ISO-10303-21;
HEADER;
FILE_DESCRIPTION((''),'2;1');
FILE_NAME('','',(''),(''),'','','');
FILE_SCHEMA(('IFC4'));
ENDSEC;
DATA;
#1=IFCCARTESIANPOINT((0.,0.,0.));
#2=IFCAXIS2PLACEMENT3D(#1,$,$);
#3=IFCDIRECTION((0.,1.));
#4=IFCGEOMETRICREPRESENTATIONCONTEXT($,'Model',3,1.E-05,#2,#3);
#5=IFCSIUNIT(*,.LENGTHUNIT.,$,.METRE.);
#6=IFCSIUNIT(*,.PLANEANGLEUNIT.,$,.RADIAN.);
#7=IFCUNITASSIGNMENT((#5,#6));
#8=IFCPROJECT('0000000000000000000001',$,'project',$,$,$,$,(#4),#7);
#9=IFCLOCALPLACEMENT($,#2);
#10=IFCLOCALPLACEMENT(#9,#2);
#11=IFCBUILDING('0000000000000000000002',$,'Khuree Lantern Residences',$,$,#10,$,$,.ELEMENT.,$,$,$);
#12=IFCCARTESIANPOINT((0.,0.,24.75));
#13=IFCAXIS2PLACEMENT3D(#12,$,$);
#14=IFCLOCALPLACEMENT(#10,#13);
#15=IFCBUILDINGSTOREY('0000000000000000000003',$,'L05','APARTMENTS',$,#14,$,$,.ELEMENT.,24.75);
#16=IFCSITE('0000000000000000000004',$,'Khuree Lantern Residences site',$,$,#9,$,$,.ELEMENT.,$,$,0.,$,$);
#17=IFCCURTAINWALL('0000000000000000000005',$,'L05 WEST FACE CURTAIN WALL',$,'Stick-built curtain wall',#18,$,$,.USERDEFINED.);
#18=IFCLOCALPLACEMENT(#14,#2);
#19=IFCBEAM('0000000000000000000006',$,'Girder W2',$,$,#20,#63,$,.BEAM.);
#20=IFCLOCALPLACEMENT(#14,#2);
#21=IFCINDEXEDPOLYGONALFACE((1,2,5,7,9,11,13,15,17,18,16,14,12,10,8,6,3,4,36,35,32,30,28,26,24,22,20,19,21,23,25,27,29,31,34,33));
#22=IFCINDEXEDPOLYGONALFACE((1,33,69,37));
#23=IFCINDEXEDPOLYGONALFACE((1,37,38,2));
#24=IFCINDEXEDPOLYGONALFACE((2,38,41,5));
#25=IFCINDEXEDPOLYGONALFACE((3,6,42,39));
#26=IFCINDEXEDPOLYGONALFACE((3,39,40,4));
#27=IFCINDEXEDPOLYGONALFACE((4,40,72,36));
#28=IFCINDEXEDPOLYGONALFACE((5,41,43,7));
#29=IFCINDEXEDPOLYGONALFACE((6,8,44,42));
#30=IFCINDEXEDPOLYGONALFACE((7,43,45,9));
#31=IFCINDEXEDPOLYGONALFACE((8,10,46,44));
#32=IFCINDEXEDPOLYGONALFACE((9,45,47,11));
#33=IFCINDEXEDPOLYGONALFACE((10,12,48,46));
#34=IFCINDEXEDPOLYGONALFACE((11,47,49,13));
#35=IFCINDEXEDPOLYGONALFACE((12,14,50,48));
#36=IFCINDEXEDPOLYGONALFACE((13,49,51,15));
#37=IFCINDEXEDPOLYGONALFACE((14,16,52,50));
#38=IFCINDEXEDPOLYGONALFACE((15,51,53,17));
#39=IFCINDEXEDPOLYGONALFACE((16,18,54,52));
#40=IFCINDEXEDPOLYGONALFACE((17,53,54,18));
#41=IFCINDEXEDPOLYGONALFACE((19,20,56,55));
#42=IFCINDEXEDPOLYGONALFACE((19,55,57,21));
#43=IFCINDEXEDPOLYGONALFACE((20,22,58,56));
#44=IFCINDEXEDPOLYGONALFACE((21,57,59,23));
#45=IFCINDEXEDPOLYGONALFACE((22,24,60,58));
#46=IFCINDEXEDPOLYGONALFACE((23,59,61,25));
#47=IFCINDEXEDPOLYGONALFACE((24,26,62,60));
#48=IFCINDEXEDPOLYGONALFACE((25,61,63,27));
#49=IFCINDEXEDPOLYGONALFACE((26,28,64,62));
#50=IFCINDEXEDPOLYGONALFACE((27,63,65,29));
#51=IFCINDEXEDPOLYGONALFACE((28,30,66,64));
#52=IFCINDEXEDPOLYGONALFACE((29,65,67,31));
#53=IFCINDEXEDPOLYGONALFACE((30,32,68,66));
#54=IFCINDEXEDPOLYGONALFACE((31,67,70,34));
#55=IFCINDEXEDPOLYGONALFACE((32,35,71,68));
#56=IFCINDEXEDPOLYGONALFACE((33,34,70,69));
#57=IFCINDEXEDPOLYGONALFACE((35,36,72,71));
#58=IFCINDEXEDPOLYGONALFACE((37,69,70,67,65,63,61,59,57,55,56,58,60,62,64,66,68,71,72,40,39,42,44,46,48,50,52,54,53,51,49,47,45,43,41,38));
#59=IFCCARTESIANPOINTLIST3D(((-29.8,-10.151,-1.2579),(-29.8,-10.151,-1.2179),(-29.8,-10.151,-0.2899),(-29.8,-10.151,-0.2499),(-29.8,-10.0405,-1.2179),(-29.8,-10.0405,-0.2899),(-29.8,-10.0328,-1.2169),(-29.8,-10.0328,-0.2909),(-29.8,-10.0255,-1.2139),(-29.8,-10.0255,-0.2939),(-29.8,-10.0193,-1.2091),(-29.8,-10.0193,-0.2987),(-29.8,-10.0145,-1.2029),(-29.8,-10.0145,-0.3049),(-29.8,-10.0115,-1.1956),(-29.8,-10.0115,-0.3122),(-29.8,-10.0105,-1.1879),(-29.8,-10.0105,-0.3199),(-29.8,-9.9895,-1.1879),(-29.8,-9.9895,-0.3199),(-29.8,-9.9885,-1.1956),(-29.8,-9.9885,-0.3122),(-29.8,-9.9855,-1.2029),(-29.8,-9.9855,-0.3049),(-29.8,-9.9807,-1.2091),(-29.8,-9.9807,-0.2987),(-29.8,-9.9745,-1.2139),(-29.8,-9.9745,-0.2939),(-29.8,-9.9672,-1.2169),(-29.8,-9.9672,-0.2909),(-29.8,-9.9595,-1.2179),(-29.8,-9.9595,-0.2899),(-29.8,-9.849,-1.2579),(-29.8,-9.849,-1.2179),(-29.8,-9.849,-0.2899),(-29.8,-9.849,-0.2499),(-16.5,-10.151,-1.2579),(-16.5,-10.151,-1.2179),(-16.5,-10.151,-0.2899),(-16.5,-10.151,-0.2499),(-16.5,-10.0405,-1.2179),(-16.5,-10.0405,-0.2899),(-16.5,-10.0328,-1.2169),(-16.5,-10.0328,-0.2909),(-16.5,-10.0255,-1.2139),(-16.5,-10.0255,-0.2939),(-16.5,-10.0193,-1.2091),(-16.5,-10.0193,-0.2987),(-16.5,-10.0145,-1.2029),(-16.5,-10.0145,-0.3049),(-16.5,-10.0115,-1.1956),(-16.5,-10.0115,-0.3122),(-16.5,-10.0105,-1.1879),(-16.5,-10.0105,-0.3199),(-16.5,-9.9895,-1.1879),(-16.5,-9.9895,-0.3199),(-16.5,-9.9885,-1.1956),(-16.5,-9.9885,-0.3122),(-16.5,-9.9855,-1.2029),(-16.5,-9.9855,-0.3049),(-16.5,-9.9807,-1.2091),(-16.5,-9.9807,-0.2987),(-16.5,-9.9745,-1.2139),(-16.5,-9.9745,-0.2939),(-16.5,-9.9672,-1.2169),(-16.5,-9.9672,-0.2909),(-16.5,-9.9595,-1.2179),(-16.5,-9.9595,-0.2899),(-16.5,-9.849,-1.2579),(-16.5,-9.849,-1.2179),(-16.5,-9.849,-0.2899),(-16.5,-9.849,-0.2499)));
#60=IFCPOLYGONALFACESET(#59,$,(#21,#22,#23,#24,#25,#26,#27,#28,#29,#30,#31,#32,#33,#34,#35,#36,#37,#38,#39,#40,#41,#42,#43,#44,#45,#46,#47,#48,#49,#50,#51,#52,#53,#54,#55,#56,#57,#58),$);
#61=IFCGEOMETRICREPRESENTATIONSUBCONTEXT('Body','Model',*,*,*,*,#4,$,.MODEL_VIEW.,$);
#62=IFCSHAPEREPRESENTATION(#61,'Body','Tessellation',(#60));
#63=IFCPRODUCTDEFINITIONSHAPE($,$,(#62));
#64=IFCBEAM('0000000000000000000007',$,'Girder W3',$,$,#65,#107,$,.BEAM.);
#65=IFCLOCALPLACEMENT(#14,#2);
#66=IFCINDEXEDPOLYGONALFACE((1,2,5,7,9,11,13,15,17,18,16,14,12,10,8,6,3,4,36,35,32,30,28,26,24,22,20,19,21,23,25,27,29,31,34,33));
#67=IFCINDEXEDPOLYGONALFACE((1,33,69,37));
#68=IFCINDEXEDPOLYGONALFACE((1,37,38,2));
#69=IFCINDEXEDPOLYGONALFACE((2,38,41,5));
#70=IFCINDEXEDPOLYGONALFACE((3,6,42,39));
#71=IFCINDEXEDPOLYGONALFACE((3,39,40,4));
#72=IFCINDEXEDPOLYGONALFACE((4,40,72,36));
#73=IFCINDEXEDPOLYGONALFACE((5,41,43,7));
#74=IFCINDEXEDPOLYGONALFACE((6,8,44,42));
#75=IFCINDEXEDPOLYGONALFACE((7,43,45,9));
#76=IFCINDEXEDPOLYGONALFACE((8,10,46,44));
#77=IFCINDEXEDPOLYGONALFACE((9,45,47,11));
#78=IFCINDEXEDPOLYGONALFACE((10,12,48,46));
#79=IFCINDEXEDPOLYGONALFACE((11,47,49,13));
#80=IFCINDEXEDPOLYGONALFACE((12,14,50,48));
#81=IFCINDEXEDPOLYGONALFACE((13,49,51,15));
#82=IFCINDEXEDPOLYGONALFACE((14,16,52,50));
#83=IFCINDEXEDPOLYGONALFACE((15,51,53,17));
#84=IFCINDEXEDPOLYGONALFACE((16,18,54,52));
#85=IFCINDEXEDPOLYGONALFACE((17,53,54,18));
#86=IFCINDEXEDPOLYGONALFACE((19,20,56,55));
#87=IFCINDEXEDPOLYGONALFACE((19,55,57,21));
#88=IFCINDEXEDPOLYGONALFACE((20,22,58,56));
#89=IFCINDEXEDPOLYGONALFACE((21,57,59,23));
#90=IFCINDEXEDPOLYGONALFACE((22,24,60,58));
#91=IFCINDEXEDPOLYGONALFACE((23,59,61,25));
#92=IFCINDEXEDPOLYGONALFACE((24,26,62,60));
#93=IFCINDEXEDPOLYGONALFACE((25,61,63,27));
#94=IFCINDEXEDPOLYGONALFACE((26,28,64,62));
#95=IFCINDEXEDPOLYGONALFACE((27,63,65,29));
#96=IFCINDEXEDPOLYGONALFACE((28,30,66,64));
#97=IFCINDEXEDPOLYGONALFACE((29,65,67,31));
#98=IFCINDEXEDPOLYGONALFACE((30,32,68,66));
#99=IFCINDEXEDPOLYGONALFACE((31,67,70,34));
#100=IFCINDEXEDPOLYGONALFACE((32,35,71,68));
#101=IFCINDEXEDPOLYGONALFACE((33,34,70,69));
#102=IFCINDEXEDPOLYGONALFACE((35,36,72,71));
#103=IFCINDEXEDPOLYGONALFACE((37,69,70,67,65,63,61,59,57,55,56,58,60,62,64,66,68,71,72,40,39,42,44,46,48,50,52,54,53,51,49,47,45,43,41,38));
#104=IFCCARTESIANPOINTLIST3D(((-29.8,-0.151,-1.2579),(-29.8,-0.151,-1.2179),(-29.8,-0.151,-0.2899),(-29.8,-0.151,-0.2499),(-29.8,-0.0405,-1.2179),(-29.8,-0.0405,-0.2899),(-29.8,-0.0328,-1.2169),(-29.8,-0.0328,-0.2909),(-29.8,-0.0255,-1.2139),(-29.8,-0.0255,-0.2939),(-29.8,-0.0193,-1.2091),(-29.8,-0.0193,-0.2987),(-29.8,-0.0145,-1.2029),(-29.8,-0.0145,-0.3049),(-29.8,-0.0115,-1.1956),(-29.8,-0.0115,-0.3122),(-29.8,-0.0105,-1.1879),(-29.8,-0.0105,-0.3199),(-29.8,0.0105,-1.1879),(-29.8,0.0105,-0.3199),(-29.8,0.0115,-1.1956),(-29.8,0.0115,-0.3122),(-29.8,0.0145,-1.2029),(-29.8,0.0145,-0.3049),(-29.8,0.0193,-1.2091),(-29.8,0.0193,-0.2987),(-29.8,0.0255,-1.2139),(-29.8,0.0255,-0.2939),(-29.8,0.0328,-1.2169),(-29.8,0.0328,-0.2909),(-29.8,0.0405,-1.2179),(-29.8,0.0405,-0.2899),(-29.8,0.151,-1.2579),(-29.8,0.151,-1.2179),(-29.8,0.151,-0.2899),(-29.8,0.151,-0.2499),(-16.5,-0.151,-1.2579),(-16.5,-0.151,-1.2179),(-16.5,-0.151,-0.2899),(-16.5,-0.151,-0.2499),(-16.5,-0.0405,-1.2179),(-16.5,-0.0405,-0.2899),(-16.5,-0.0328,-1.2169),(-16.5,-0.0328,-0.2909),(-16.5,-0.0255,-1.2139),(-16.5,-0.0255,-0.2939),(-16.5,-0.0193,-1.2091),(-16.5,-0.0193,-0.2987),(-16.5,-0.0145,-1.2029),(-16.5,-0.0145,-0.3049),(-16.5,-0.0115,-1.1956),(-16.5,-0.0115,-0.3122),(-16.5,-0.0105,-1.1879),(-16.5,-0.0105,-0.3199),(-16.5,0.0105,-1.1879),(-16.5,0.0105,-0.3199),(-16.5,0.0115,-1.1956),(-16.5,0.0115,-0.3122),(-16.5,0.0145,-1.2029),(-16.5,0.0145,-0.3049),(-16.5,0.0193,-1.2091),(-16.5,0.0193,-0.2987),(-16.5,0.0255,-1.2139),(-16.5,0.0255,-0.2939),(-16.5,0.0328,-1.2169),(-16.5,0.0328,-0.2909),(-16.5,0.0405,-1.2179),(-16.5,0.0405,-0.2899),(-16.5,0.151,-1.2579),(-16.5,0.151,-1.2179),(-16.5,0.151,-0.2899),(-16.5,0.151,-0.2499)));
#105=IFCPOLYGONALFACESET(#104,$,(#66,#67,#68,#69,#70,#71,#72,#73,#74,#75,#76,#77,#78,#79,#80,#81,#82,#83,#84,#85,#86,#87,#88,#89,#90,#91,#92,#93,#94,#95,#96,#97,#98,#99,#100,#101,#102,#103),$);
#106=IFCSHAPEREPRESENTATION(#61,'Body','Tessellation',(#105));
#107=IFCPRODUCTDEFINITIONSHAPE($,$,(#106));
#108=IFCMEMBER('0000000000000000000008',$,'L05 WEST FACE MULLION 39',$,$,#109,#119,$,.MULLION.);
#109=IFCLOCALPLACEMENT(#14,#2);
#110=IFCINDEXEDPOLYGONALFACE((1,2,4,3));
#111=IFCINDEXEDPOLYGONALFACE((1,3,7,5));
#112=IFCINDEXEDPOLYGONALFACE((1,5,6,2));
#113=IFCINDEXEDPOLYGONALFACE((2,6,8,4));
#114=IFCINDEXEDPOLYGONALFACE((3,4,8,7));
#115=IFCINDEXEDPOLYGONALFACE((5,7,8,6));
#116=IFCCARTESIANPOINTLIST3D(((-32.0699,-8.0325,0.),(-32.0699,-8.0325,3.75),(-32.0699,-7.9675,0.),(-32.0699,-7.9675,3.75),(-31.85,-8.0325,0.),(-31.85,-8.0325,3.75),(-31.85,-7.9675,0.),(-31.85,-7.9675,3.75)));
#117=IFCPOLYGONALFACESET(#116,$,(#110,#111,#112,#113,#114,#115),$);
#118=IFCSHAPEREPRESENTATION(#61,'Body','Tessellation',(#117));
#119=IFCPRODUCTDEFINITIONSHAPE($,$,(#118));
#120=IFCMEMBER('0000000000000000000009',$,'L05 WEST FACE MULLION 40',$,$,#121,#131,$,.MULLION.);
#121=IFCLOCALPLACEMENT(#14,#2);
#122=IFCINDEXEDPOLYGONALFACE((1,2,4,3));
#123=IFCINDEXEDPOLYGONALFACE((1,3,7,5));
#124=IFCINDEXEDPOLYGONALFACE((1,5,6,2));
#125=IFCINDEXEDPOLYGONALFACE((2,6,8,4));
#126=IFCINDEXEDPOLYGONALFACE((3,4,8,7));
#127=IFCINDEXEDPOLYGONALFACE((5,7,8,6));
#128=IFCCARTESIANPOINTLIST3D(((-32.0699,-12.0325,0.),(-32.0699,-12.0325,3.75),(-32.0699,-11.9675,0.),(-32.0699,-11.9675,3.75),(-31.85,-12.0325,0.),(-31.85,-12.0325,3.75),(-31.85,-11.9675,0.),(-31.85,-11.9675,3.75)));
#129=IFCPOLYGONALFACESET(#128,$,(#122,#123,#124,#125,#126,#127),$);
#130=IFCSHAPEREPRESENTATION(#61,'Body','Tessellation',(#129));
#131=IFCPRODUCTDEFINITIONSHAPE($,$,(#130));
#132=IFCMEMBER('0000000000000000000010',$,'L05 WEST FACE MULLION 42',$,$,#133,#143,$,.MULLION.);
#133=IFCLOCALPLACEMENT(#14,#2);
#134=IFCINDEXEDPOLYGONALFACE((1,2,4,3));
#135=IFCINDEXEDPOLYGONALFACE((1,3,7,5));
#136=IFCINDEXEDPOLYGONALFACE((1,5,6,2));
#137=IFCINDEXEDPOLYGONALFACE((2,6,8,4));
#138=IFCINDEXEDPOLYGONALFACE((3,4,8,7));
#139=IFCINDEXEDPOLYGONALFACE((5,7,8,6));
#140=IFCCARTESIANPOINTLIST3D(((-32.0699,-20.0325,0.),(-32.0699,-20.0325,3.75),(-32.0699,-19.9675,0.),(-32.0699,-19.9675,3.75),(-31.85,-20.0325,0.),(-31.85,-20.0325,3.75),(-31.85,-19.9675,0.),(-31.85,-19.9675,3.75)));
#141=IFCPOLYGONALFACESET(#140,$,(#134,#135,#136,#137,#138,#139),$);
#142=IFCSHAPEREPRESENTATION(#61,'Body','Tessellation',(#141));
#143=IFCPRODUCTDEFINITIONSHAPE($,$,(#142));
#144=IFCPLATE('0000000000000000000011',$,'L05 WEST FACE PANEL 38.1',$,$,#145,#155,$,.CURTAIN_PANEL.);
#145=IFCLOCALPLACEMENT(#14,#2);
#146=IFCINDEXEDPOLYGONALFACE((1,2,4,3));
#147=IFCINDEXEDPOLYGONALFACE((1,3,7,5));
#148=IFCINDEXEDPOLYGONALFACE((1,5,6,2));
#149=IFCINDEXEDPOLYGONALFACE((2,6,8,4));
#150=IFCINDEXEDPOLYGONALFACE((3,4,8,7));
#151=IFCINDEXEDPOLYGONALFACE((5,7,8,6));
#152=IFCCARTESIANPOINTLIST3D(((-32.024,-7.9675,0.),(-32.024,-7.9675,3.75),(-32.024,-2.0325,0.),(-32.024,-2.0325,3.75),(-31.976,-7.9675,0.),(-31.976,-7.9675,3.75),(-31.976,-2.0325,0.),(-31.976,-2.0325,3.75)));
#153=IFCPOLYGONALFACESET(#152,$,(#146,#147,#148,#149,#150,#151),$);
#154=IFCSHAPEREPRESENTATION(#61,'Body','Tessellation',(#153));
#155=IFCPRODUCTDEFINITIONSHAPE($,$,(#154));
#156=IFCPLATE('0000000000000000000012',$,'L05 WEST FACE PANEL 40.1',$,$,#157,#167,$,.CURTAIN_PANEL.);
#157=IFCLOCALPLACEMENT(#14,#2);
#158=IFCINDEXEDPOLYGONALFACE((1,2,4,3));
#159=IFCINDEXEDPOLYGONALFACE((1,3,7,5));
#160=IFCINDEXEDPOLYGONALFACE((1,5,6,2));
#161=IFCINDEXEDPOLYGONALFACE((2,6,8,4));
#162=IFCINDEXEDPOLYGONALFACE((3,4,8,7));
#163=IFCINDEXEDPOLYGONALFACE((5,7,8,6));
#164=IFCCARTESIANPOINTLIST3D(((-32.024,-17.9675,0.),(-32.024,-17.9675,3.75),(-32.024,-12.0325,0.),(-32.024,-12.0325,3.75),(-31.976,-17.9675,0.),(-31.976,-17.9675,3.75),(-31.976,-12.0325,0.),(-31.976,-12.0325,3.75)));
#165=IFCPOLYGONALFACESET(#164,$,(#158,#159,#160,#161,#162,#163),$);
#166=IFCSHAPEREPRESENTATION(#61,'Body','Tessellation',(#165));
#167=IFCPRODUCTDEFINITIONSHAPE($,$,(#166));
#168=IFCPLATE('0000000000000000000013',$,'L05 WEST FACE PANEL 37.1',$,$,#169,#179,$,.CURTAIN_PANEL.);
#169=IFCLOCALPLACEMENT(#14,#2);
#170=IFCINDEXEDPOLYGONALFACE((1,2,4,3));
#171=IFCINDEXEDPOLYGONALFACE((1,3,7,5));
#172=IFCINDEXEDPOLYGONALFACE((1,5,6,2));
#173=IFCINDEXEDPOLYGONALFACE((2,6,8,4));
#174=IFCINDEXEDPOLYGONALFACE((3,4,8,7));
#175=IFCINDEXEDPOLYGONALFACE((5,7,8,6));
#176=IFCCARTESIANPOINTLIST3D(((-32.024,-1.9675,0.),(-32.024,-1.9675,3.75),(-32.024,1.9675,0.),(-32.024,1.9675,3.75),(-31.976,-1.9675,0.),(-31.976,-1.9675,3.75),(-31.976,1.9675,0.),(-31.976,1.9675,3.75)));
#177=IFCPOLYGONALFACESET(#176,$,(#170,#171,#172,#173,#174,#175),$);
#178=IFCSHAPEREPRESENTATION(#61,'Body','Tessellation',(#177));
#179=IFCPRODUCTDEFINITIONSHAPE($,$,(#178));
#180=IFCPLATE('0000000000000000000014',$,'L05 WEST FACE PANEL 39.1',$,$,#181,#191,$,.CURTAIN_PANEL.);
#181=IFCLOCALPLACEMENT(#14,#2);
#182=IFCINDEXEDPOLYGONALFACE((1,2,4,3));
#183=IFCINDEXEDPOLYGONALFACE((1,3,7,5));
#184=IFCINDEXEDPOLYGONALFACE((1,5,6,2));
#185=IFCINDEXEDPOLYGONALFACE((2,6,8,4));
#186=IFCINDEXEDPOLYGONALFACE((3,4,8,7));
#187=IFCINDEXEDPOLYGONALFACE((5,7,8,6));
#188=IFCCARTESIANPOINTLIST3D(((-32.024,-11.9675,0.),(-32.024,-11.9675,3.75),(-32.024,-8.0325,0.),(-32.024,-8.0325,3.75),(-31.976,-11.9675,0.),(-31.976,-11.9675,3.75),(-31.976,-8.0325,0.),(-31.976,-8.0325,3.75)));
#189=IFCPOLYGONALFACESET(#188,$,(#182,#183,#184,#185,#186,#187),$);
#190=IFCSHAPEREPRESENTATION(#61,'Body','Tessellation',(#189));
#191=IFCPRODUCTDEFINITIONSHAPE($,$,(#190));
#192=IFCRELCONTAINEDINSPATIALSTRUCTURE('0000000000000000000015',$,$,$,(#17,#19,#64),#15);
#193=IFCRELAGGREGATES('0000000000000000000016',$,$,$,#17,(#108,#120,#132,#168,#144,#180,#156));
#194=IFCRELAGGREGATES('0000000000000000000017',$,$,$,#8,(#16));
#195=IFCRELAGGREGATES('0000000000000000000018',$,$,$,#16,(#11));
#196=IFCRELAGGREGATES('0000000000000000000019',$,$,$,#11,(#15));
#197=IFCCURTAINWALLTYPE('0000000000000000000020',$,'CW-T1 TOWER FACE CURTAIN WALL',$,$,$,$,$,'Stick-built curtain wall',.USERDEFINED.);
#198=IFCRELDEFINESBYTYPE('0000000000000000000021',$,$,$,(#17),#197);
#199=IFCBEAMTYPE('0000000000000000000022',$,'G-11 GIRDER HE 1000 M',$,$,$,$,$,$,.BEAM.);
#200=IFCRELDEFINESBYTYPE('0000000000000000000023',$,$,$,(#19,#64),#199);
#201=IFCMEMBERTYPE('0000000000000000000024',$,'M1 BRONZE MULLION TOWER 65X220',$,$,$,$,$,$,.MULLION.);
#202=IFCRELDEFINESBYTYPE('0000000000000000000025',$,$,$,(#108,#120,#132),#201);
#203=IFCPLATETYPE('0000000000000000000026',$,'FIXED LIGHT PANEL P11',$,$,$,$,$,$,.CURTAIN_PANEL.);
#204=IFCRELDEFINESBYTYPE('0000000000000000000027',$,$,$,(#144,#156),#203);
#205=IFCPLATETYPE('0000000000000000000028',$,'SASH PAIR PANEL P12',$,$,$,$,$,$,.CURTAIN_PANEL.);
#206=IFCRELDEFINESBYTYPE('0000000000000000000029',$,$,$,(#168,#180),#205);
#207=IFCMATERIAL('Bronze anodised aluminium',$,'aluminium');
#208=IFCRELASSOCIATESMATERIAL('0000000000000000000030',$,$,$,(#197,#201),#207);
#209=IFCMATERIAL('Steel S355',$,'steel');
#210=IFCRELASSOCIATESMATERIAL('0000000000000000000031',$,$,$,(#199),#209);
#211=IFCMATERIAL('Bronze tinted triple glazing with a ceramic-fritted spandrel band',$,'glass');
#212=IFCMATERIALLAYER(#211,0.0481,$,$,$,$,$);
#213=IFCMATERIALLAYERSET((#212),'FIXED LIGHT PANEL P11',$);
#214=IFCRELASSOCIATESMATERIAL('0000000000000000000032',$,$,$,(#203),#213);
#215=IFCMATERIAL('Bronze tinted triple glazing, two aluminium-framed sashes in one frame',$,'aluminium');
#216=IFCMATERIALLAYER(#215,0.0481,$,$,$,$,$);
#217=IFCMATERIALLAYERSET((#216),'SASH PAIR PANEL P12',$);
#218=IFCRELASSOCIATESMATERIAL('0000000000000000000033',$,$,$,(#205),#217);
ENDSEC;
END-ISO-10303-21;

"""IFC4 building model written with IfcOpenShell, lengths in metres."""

from ifc_helpers import new_model, si_unit, direction, frame, origin, origin_2d, place, context, subcontext, project, spatial, rectangle, i_section, extrude, material, layer, layer_set, material_profile, profile_set, type_object, element, aggregate, save


model = new_model("IFC4")

# Units and contexts
model_context = context("Model", 3, precision=1e-05, world=origin(), true_north=direction((0.0, 1.0)))
body_context = subcontext(model_context, "Body", "Model", "MODEL_VIEW")
ifc_project = project(units=[si_unit("LENGTHUNIT", "METRE"), si_unit("PLANEANGLEUNIT", "RADIAN")], contexts=[model_context])

# Site, building, storey
site_placement = place(None, origin())
site = spatial("IfcSite", under=ifc_project, at=site_placement, Name="Khuree Lantern Residences site", CompositionType="ELEMENT", RefElevation=0.0)
building_placement = place(site_placement, origin())
building = spatial("IfcBuilding", under=site, at=building_placement, Name="Khuree Lantern Residences", CompositionType="ELEMENT")
storey_placement = place(building_placement, frame((0.0, 0.0, 24.75)))
storey = spatial("IfcBuildingStorey", under=building, at=storey_placement, Name="L05", Description="APARTMENTS", CompositionType="ELEMENT", Elevation=24.75)

# Shared definitions
ifc_material_1 = material(Name="Steel S355", Category="steel")

# Curtain wall
ifc_material_2 = material(Name="Bronze anodised aluminium", Category="aluminium")
curtain_wall_type = type_object("IfcCurtainWallType", Name="CW-T1 TOWER FACE CURTAIN WALL", ElementType="Stick-built curtain wall", PredefinedType="USERDEFINED", material=ifc_material_2)
curtain_wall_placement = place(storey_placement, origin())
curtain_wall = element("IfcCurtainWall", 1, at=curtain_wall_placement, inside=storey, type_object=curtain_wall_type, Name="L05 WEST FACE CURTAIN WALL", ObjectType="Stick-built curtain wall", PredefinedType="USERDEFINED")

# Beams
ifc_material_profile_1 = material_profile(ifc_material_1, i_section(OverallWidth=0.302, OverallDepth=1.0081, WebThickness=0.021, FlangeThickness=0.04, FilletRadius=0.03, at=origin_2d()), Name="HE 1000 M")
ifc_profile_set_1 = profile_set([ifc_material_profile_1], Name="Steel S355")
beam_type_1 = type_object("IfcBeamType", Name="G-11 GIRDER HE 1000 M", PredefinedType="BEAM", material=ifc_profile_set_1)
for number, where, z_axis, x_axis, name in (
    (2, (-29.8, -10.0, -0.7539), (1.0, 0.0, 0.0), (0.0, 1.0, 0.0), "Girder W2"),
    (3, (-29.8, 0.0, -0.7539), (1.0, 0.0, 0.0), (0.0, 1.0, 0.0), "Girder W3"),
):
    element("IfcBeam", number, at=place(storey_placement, frame(where, z_axis=z_axis, x_axis=x_axis)), inside=storey, type_object=beam_type_1, Name=name, PredefinedType="BEAM", context=body_context, shape_type="SweptSolid", body=[
        extrude(i_section(OverallWidth=0.302, OverallDepth=1.0081, WebThickness=0.021, FlangeThickness=0.04, FilletRadius=0.03, at=origin_2d()), origin(), (0.0, 0.0, 1.0), 13.3),
    ])

# Members
ifc_material_profile_2 = material_profile(ifc_material_2, rectangle(XDim=0.0649, YDim=0.22, at=origin_2d()), Name="M1 65X220")
ifc_profile_set_2 = profile_set([ifc_material_profile_2], Name="Bronze anodised aluminium")
member_type_1 = type_object("IfcMemberType", Name="M1 BRONZE MULLION TOWER 65X220", PredefinedType="MULLION", material=ifc_profile_set_2)
member_1_placement = place(storey_placement, frame((-31.96, -8.0, 0.0), z_axis=(0.0, 0.0, 1.0), x_axis=(0.0, -1.0, 0.0)))
member_1 = element("IfcMember", 4, at=member_1_placement, type_object=member_type_1, Name="L05 WEST FACE MULLION 39", PredefinedType="MULLION", context=body_context, shape_type="SweptSolid", body=[
    extrude(rectangle(XDim=0.0649, YDim=0.22, at=origin_2d()), origin(), (0.0, 0.0, 1.0), 3.75),
])
member_2_placement = place(storey_placement, frame((-31.96, -12.0, 0.0), z_axis=(0.0, 0.0, 1.0), x_axis=(0.0, -1.0, 0.0)))
member_2 = element("IfcMember", 5, at=member_2_placement, type_object=member_type_1, Name="L05 WEST FACE MULLION 40", PredefinedType="MULLION", context=body_context, shape_type="SweptSolid", body=[
    extrude(rectangle(XDim=0.0649, YDim=0.22, at=origin_2d()), origin(), (0.0, 0.0, 1.0), 3.75),
])
member_3_placement = place(storey_placement, frame((-31.96, -20.0, 0.0), z_axis=(0.0, 0.0, 1.0), x_axis=(0.0, -1.0, 0.0)))
member_3 = element("IfcMember", 6, at=member_3_placement, type_object=member_type_1, Name="L05 WEST FACE MULLION 42", PredefinedType="MULLION", context=body_context, shape_type="SweptSolid", body=[
    extrude(rectangle(XDim=0.0649, YDim=0.22, at=origin_2d()), origin(), (0.0, 0.0, 1.0), 3.75),
])

# Plates
ifc_material_3 = material(Name="Bronze tinted triple glazing with a ceramic-fritted spandrel band", Category="glass")
ifc_layer_1 = layer(ifc_material_3, 0.0481)
ifc_layer_set_1 = layer_set([ifc_layer_1], Name="FIXED LIGHT PANEL P11")
plate_type_1 = type_object("IfcPlateType", Name="FIXED LIGHT PANEL P11", PredefinedType="CURTAIN_PANEL", material=ifc_layer_set_1)
plate_1_placement = place(storey_placement, frame((-32.0, -5.0, 0.0), z_axis=(0.0, 0.0, 1.0), x_axis=(0.0, -1.0, 0.0)))
plate_1 = element("IfcPlate", 7, at=plate_1_placement, type_object=plate_type_1, Name="L05 WEST FACE PANEL 38.1", PredefinedType="CURTAIN_PANEL", context=body_context, shape_type="SweptSolid", body=[
    extrude(rectangle(XDim=5.9351, YDim=0.0481, at=origin_2d()), origin(), (0.0, 0.0, 1.0), 3.75),
])
plate_2_placement = place(storey_placement, frame((-32.0, -15.0, 0.0), z_axis=(0.0, 0.0, 1.0), x_axis=(0.0, -1.0, 0.0)))
plate_2 = element("IfcPlate", 8, at=plate_2_placement, type_object=plate_type_1, Name="L05 WEST FACE PANEL 40.1", PredefinedType="CURTAIN_PANEL", context=body_context, shape_type="SweptSolid", body=[
    extrude(rectangle(XDim=5.9351, YDim=0.0481, at=origin_2d()), origin(), (0.0, 0.0, 1.0), 3.75),
])
ifc_material_4 = material(Name="Bronze tinted triple glazing, two aluminium-framed sashes in one frame", Category="aluminium")
ifc_layer_2 = layer(ifc_material_4, 0.0481)
ifc_layer_set_2 = layer_set([ifc_layer_2], Name="SASH PAIR PANEL P12")
plate_type_2 = type_object("IfcPlateType", Name="SASH PAIR PANEL P12", PredefinedType="CURTAIN_PANEL", material=ifc_layer_set_2)
plate_3_placement = place(storey_placement, frame((-32.0, 0.0, 0.0), z_axis=(0.0, 0.0, 1.0), x_axis=(0.0, -1.0, 0.0)))
plate_3 = element("IfcPlate", 9, at=plate_3_placement, type_object=plate_type_2, Name="L05 WEST FACE PANEL 37.1", PredefinedType="CURTAIN_PANEL", context=body_context, shape_type="SweptSolid", body=[
    extrude(rectangle(XDim=3.9351, YDim=0.0481, at=origin_2d()), origin(), (0.0, 0.0, 1.0), 3.75),
])
plate_4_placement = place(storey_placement, frame((-32.0, -10.0, 0.0), z_axis=(0.0, 0.0, 1.0), x_axis=(0.0, -1.0, 0.0)))
plate_4 = element("IfcPlate", 10, at=plate_4_placement, type_object=plate_type_2, Name="L05 WEST FACE PANEL 39.1", PredefinedType="CURTAIN_PANEL", context=body_context, shape_type="SweptSolid", body=[
    extrude(rectangle(XDim=3.9351, YDim=0.0481, at=origin_2d()), origin(), (0.0, 0.0, 1.0), 3.75),
])
aggregate(curtain_wall, [member_1, member_2, member_3, plate_3, plate_1, plate_4, plate_2])

save(model, "model.ifc")
